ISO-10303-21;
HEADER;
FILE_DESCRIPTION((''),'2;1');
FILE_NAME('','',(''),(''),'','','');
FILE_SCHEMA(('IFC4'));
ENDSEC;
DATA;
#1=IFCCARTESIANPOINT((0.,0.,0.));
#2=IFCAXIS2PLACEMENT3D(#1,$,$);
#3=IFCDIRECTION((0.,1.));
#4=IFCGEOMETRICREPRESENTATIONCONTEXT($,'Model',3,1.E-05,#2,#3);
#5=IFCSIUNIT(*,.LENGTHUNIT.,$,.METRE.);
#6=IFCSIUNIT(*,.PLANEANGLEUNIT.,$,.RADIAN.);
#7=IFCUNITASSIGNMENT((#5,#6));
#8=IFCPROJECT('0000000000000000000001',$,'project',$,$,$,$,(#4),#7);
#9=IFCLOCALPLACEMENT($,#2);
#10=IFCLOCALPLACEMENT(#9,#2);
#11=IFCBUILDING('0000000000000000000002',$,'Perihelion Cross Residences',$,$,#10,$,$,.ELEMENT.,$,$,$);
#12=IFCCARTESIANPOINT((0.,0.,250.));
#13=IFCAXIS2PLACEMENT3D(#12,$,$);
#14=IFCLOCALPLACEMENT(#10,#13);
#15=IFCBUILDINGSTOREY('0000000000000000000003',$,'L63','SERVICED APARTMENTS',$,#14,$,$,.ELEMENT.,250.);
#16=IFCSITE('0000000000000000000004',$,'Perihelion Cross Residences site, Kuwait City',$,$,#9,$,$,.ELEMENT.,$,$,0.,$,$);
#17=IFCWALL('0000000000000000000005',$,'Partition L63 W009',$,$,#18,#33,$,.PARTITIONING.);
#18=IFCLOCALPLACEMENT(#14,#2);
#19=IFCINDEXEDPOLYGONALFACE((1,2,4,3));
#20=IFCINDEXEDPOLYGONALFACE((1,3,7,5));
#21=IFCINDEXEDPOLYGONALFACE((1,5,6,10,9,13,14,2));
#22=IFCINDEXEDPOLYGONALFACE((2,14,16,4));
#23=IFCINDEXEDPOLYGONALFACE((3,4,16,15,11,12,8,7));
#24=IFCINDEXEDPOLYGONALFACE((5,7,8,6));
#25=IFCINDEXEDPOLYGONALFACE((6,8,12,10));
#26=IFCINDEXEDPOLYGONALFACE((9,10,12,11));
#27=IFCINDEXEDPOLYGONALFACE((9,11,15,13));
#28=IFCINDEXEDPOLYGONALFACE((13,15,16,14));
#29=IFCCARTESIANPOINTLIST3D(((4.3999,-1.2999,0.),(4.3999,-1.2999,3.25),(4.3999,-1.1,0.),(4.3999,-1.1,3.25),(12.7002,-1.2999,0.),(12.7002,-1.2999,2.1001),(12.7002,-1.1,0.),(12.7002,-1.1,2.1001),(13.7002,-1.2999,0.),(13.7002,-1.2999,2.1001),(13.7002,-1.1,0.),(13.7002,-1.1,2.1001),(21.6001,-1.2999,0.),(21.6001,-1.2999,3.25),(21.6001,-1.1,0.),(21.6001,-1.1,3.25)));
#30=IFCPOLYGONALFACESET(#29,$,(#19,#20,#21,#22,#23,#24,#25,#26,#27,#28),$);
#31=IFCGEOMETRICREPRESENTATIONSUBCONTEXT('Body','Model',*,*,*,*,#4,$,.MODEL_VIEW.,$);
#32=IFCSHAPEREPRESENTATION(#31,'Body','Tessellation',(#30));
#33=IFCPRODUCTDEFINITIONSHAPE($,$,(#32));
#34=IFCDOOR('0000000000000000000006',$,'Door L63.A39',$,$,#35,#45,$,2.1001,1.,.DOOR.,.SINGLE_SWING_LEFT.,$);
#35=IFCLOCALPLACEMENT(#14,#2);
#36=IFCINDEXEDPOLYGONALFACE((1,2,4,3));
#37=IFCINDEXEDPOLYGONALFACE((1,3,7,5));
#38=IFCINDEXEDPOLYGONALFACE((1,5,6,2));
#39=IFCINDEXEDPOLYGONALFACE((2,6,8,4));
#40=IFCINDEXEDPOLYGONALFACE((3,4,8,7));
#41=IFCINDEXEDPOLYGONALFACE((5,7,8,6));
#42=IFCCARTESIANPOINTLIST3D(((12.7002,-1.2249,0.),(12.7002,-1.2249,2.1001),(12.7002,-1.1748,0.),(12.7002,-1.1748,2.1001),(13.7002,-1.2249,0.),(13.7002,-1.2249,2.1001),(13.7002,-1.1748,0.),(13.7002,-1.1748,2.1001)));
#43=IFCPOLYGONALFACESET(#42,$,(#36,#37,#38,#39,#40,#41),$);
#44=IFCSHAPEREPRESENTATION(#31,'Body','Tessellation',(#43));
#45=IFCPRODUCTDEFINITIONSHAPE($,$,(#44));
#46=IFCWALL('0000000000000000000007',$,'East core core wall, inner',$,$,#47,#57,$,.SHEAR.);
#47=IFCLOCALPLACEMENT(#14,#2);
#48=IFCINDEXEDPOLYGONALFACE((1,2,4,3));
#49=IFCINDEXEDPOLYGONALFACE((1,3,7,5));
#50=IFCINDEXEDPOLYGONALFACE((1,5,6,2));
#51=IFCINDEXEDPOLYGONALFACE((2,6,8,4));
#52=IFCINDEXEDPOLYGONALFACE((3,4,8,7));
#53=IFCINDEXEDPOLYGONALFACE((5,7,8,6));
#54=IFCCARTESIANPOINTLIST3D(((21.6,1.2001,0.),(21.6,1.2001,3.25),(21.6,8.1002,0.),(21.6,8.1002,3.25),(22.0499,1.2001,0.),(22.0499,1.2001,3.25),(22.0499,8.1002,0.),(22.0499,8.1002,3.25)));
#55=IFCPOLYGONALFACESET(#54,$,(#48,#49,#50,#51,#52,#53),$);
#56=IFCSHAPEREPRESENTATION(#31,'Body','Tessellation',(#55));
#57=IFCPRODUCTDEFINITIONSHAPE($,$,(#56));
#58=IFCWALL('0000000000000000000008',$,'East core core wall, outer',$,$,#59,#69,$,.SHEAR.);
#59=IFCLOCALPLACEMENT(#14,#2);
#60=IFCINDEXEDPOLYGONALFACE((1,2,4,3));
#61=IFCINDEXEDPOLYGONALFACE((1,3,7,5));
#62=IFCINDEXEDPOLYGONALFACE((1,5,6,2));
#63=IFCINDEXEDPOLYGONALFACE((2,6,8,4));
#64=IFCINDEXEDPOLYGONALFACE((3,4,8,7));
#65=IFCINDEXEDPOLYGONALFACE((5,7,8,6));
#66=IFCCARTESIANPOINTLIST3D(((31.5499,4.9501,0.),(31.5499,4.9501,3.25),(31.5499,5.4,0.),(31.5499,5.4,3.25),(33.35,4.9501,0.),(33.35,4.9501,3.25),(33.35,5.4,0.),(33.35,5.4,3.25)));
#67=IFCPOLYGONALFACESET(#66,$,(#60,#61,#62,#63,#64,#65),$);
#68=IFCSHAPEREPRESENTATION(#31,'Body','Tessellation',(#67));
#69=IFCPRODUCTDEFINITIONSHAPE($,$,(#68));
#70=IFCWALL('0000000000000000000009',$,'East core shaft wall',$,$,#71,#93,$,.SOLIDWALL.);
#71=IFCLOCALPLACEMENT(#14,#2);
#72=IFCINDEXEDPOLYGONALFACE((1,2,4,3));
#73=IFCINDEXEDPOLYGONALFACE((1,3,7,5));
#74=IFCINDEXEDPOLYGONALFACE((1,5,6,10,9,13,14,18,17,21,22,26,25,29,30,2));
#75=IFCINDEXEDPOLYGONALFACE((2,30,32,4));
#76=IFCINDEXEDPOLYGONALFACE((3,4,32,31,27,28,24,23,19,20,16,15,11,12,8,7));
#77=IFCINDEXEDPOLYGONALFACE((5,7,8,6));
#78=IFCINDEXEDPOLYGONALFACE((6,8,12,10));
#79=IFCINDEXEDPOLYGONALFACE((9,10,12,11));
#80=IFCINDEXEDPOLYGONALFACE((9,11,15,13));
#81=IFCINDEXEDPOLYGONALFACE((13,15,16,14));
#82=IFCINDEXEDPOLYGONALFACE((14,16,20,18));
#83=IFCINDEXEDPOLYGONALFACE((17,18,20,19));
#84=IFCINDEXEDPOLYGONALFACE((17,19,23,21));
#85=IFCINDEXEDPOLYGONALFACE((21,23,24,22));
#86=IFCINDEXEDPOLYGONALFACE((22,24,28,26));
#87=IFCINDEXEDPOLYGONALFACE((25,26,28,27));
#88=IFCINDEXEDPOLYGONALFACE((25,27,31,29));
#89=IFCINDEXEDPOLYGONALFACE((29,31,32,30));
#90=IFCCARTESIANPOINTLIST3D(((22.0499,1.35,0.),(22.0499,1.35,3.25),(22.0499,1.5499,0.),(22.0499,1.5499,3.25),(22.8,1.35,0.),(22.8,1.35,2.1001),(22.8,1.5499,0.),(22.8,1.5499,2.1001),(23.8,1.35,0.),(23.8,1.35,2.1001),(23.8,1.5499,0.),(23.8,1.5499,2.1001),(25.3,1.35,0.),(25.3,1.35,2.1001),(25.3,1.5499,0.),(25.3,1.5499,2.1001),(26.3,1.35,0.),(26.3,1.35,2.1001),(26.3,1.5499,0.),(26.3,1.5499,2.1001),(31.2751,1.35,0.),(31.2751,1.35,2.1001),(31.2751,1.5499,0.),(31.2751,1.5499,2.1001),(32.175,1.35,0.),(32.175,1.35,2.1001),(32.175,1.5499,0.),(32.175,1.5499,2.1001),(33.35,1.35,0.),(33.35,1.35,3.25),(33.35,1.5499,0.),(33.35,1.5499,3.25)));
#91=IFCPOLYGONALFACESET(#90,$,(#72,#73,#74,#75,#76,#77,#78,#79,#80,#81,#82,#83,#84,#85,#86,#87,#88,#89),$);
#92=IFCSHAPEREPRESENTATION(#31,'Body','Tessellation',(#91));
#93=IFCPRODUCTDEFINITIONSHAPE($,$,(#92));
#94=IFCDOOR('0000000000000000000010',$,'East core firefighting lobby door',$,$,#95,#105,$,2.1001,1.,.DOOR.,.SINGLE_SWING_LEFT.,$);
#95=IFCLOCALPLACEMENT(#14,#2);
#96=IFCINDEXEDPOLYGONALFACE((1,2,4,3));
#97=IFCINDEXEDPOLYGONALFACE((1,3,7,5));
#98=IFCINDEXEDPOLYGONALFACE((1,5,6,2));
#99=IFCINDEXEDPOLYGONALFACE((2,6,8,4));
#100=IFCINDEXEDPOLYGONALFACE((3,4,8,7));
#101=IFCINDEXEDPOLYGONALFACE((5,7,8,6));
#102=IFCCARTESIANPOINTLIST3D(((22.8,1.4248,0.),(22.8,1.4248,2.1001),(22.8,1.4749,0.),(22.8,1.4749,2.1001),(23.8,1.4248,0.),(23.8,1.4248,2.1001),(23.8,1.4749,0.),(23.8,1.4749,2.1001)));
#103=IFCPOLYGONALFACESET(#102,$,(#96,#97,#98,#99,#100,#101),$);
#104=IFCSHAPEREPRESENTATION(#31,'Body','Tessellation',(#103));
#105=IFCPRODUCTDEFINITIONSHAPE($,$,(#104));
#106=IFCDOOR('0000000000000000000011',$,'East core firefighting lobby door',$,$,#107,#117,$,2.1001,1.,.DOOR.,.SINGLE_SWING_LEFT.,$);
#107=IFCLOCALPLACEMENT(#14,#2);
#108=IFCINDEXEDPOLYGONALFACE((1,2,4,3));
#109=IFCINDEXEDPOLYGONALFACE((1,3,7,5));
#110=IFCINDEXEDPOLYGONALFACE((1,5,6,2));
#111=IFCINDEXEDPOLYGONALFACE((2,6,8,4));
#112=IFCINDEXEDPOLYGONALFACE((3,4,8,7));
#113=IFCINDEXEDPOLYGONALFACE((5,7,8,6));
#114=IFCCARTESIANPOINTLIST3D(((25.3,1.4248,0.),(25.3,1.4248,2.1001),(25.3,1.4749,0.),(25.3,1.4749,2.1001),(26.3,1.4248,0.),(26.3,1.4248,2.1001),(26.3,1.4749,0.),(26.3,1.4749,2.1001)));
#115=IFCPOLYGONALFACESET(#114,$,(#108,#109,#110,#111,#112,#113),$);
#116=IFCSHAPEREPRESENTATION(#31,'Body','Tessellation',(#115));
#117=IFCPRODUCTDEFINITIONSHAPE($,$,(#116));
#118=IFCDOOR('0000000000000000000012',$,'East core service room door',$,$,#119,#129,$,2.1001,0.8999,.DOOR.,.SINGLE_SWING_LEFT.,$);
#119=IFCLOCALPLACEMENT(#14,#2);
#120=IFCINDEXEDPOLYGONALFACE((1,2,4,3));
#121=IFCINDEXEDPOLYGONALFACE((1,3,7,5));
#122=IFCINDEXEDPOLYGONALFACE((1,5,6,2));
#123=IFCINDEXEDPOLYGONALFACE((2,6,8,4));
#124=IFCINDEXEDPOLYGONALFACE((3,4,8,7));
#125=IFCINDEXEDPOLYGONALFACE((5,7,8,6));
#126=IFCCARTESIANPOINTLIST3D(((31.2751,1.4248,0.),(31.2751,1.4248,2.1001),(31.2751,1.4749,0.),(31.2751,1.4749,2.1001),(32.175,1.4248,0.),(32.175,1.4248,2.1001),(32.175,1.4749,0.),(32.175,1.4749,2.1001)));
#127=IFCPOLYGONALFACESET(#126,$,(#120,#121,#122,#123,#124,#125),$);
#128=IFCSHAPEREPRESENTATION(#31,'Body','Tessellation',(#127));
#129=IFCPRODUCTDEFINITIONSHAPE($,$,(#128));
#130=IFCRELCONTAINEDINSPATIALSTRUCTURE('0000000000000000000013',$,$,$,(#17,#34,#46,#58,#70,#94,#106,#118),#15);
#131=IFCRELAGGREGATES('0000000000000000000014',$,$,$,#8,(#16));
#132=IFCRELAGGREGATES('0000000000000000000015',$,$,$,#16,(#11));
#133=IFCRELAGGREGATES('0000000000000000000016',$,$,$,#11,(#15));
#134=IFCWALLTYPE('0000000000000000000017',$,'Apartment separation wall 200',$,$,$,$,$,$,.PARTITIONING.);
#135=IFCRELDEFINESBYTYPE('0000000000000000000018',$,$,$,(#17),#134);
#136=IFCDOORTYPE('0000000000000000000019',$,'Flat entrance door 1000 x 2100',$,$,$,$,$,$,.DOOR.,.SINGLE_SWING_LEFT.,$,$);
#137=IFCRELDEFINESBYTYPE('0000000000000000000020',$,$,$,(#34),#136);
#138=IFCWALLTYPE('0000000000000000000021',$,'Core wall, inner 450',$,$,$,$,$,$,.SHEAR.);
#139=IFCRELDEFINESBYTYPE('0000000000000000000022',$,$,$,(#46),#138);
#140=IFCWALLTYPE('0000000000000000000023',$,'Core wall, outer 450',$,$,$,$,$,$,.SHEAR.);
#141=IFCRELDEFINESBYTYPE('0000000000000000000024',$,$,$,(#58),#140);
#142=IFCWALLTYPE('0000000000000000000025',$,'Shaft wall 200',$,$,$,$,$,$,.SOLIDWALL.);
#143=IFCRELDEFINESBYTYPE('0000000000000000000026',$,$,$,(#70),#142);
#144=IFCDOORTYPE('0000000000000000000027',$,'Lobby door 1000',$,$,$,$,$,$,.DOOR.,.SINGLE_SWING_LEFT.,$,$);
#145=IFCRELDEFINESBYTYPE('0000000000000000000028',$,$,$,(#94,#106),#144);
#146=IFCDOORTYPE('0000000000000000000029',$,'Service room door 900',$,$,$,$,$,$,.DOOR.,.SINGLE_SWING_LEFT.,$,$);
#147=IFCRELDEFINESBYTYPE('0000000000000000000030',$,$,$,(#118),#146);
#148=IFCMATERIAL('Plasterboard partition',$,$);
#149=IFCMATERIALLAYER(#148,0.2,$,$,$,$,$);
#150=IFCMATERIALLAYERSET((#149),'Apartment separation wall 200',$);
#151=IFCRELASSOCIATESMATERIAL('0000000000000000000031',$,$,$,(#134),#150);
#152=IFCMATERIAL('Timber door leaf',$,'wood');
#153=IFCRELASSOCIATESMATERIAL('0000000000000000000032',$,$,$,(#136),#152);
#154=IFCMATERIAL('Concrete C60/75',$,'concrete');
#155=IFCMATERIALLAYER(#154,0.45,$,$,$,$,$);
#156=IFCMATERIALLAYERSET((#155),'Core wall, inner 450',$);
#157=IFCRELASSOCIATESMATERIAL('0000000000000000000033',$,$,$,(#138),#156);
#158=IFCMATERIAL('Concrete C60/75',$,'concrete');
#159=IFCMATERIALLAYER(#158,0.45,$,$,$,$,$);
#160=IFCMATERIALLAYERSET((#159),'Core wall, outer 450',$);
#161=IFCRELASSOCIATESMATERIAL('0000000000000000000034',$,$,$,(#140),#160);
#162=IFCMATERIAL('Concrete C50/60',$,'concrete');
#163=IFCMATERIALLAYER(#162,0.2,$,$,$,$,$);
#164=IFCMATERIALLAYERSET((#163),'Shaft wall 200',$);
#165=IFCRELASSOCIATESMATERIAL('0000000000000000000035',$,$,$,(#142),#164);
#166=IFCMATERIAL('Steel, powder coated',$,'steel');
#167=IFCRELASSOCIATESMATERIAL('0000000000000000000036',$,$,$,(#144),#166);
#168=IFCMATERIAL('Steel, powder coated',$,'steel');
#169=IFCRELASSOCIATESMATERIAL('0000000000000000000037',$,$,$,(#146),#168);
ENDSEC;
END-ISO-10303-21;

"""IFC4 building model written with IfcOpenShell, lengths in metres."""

from ifc_helpers import new_model, si_unit, direction, frame, frame_2d, origin, place, context, subcontext, project, spatial, rectangle, extrude, material, layer, layer_set, type_object, element, fill, save


model = new_model("IFC4")

# Units and contexts
model_context = context("Model", 3, precision=1e-05, world=origin(), true_north=direction((0.0, 1.0)))
body_context = subcontext(model_context, "Body", "Model", "MODEL_VIEW")
ifc_project = project(units=[si_unit("LENGTHUNIT", "METRE"), si_unit("PLANEANGLEUNIT", "RADIAN")], contexts=[model_context])

# Site, building, storey
site_placement = place(None, origin())
site = spatial("IfcSite", under=ifc_project, at=site_placement, Name="Perihelion Cross Residences site, Kuwait City", CompositionType="ELEMENT", RefElevation=0.0)
building_placement = place(site_placement, origin())
building = spatial("IfcBuilding", under=site, at=building_placement, Name="Perihelion Cross Residences", CompositionType="ELEMENT")
storey_placement = place(building_placement, frame((0.0, 0.0, 250.0)))
storey = spatial("IfcBuildingStorey", under=building, at=storey_placement, Name="L63", Description="SERVICED APARTMENTS", CompositionType="ELEMENT", Elevation=250.0)

# Wall, opening, door
ifc_material_1 = material(Name="Plasterboard partition")
ifc_layer_1 = layer(ifc_material_1, 0.2)
ifc_layer_set_1 = layer_set([ifc_layer_1], Name="Apartment separation wall 200")
wall_type_1 = type_object("IfcWallType", Name="Apartment separation wall 200", PredefinedType="PARTITIONING", material=ifc_layer_set_1)
wall_1_placement = place(storey_placement, frame((21.6001, -1.2, 0.0), z_axis=(0.0, 0.0, 1.0), x_axis=(-1.0, 0.0, 0.0)))
wall_1 = element("IfcWall", 1, at=wall_1_placement, inside=storey, type_object=wall_type_1, Name="Partition L63 W009", PredefinedType="PARTITIONING", context=body_context, shape_type="SweptSolid", body=[
    extrude(rectangle(XDim=17.2002, YDim=0.2, at=frame_2d((8.6001, 0.0))), origin(), (0.0, 0.0, 1.0), 3.25),
])
opening_1_placement = place(wall_1_placement, frame((7.8999, 0.0, 0.0)))
opening_1 = element("IfcOpeningElement", 2, at=opening_1_placement, cuts=wall_1, PredefinedType="OPENING", context=body_context, shape_type="SweptSolid", body=[
    extrude(rectangle(XDim=1.0, YDim=2.1001, at=frame_2d((0.5, 1.05))), frame((0.0, 0.1099, 0.0), z_axis=(0.0, -1.0, 0.0), x_axis=(1.0, 0.0, 0.0)), (0.0, 0.0, 1.0), 0.22),
])
ifc_material_2 = material(Name="Timber door leaf", Category="wood")
door_type_1 = type_object("IfcDoorType", Name="Flat entrance door 1000 x 2100", OperationType="SINGLE_SWING_LEFT", PredefinedType="DOOR", material=ifc_material_2)
door_1_placement = place(opening_1_placement, origin())
door_1 = element("IfcDoor", 3, at=door_1_placement, inside=storey, type_object=door_type_1, Name="Door L63.A39", OperationType="SINGLE_SWING_LEFT", OverallHeight=2.1001, OverallWidth=1.0, PredefinedType="DOOR", context=body_context, shape_type="SweptSolid", body=[
    extrude(rectangle(XDim=1.0, YDim=2.1001, at=frame_2d((0.5, 1.05))), frame((0.0, 0.0249, 0.0), z_axis=(0.0, -1.0, 0.0), x_axis=(1.0, 0.0, 0.0)), (0.0, 0.0, 1.0), 0.05),
])
fill(opening_1, door_1)

# Walls
ifc_material_3 = material(Name="Concrete C60/75", Category="concrete")
ifc_layer_2 = layer(ifc_material_3, 0.45)
ifc_layer_set_2 = layer_set([ifc_layer_2], Name="Core wall, inner 450")
wall_type_2 = type_object("IfcWallType", Name="Core wall, inner 450", PredefinedType="SHEAR", material=ifc_layer_set_2)
wall_2_placement = place(storey_placement, frame((21.825, 1.2, 0.0), z_axis=(0.0, 0.0, 1.0), x_axis=(0.0, 1.0, 0.0)))
element("IfcWall", 4, at=wall_2_placement, inside=storey, type_object=wall_type_2, Name="East core core wall, inner", PredefinedType="SHEAR", context=body_context, shape_type="SweptSolid", body=[
    extrude(rectangle(XDim=6.9001, YDim=0.45, at=frame_2d((3.4502, 0.0))), origin(), (0.0, 0.0, 1.0), 3.25),
])
ifc_material_4 = material(Name="Concrete C60/75", Category="concrete")
ifc_layer_3 = layer(ifc_material_4, 0.45)
ifc_layer_set_3 = layer_set([ifc_layer_3], Name="Core wall, outer 450")
wall_type_3 = type_object("IfcWallType", Name="Core wall, outer 450", PredefinedType="SHEAR", material=ifc_layer_set_3)
wall_3_placement = place(storey_placement, frame((31.55, 5.175, 0.0), z_axis=(0.0, 0.0, 1.0), x_axis=(1.0, 0.0, 0.0)))
element("IfcWall", 5, at=wall_3_placement, inside=storey, type_object=wall_type_3, Name="East core core wall, outer", PredefinedType="SHEAR", context=body_context, shape_type="SweptSolid", body=[
    extrude(rectangle(XDim=1.8, YDim=0.45, at=frame_2d((0.8999, 0.0))), origin(), (0.0, 0.0, 1.0), 3.25),
])

# Wall, openings, doors
ifc_material_5 = material(Name="Concrete C50/60", Category="concrete")
ifc_layer_4 = layer(ifc_material_5, 0.2)
ifc_layer_set_4 = layer_set([ifc_layer_4], Name="Shaft wall 200")
wall_type_4 = type_object("IfcWallType", Name="Shaft wall 200", PredefinedType="SOLIDWALL", material=ifc_layer_set_4)
wall_4_placement = place(storey_placement, frame((22.05, 1.45, 0.0), z_axis=(0.0, 0.0, 1.0), x_axis=(1.0, 0.0, 0.0)))
wall_4 = element("IfcWall", 6, at=wall_4_placement, inside=storey, type_object=wall_type_4, Name="East core shaft wall", PredefinedType="SOLIDWALL", context=body_context, shape_type="SweptSolid", body=[
    extrude(rectangle(XDim=11.3, YDim=0.2, at=frame_2d((5.6499, 0.0))), origin(), (0.0, 0.0, 1.0), 3.25),
])
opening_2_placement = place(wall_4_placement, frame((0.75, 0.0, 0.0)))
opening_2 = element("IfcOpeningElement", 7, at=opening_2_placement, cuts=wall_4, PredefinedType="OPENING", context=body_context, shape_type="SweptSolid", body=[
    extrude(rectangle(XDim=1.0, YDim=2.1001, at=frame_2d((0.5, 1.05))), frame((0.0, 0.1099, 0.0), z_axis=(0.0, -1.0, 0.0), x_axis=(1.0, 0.0, 0.0)), (0.0, 0.0, 1.0), 0.22),
])
opening_3_placement = place(wall_4_placement, frame((3.25, 0.0, 0.0)))
opening_3 = element("IfcOpeningElement", 8, at=opening_3_placement, cuts=wall_4, PredefinedType="OPENING", context=body_context, shape_type="SweptSolid", body=[
    extrude(rectangle(XDim=1.0, YDim=2.1001, at=frame_2d((0.5, 1.05))), frame((0.0, 0.1099, 0.0), z_axis=(0.0, -1.0, 0.0), x_axis=(1.0, 0.0, 0.0)), (0.0, 0.0, 1.0), 0.22),
])
opening_4_placement = place(wall_4_placement, frame((9.2251, 0.0, 0.0)))
opening_4 = element("IfcOpeningElement", 9, at=opening_4_placement, cuts=wall_4, PredefinedType="OPENING", context=body_context, shape_type="SweptSolid", body=[
    extrude(rectangle(XDim=0.8999, YDim=2.1001, at=frame_2d((0.45, 1.05))), frame((0.0, 0.1099, 0.0), z_axis=(0.0, -1.0, 0.0), x_axis=(1.0, 0.0, 0.0)), (0.0, 0.0, 1.0), 0.22),
])
ifc_material_6 = material(Name="Steel, powder coated", Category="steel")
door_type_2 = type_object("IfcDoorType", Name="Lobby door 1000", OperationType="SINGLE_SWING_LEFT", PredefinedType="DOOR", material=ifc_material_6)
door_2_placement = place(opening_2_placement, origin())
door_2 = element("IfcDoor", 10, at=door_2_placement, inside=storey, type_object=door_type_2, Name="East core firefighting lobby door", OperationType="SINGLE_SWING_LEFT", OverallHeight=2.1001, OverallWidth=1.0, PredefinedType="DOOR", context=body_context, shape_type="SweptSolid", body=[
    extrude(rectangle(XDim=1.0, YDim=2.1001, at=frame_2d((0.5, 1.05))), frame((0.0, 0.0249, 0.0), z_axis=(0.0, -1.0, 0.0), x_axis=(1.0, 0.0, 0.0)), (0.0, 0.0, 1.0), 0.05),
])
fill(opening_2, door_2)
door_3_placement = place(opening_3_placement, origin())
door_3 = element("IfcDoor", 11, at=door_3_placement, inside=storey, type_object=door_type_2, Name="East core firefighting lobby door", OperationType="SINGLE_SWING_LEFT", OverallHeight=2.1001, OverallWidth=1.0, PredefinedType="DOOR", context=body_context, shape_type="SweptSolid", body=[
    extrude(rectangle(XDim=1.0, YDim=2.1001, at=frame_2d((0.5, 1.05))), frame((0.0, 0.0249, 0.0), z_axis=(0.0, -1.0, 0.0), x_axis=(1.0, 0.0, 0.0)), (0.0, 0.0, 1.0), 0.05),
])
fill(opening_3, door_3)
ifc_material_7 = material(Name="Steel, powder coated", Category="steel")
door_type_3 = type_object("IfcDoorType", Name="Service room door 900", OperationType="SINGLE_SWING_LEFT", PredefinedType="DOOR", material=ifc_material_7)
door_4_placement = place(opening_4_placement, origin())
door_4 = element("IfcDoor", 12, at=door_4_placement, inside=storey, type_object=door_type_3, Name="East core service room door", OperationType="SINGLE_SWING_LEFT", OverallHeight=2.1001, OverallWidth=0.8999, PredefinedType="DOOR", context=body_context, shape_type="SweptSolid", body=[
    extrude(rectangle(XDim=0.8999, YDim=2.1001, at=frame_2d((0.45, 1.05))), frame((0.0, 0.0249, 0.0), z_axis=(0.0, -1.0, 0.0), x_axis=(1.0, 0.0, 0.0)), (0.0, 0.0, 1.0), 0.05),
])
fill(opening_4, door_4)

save(model, "model.ifc")
